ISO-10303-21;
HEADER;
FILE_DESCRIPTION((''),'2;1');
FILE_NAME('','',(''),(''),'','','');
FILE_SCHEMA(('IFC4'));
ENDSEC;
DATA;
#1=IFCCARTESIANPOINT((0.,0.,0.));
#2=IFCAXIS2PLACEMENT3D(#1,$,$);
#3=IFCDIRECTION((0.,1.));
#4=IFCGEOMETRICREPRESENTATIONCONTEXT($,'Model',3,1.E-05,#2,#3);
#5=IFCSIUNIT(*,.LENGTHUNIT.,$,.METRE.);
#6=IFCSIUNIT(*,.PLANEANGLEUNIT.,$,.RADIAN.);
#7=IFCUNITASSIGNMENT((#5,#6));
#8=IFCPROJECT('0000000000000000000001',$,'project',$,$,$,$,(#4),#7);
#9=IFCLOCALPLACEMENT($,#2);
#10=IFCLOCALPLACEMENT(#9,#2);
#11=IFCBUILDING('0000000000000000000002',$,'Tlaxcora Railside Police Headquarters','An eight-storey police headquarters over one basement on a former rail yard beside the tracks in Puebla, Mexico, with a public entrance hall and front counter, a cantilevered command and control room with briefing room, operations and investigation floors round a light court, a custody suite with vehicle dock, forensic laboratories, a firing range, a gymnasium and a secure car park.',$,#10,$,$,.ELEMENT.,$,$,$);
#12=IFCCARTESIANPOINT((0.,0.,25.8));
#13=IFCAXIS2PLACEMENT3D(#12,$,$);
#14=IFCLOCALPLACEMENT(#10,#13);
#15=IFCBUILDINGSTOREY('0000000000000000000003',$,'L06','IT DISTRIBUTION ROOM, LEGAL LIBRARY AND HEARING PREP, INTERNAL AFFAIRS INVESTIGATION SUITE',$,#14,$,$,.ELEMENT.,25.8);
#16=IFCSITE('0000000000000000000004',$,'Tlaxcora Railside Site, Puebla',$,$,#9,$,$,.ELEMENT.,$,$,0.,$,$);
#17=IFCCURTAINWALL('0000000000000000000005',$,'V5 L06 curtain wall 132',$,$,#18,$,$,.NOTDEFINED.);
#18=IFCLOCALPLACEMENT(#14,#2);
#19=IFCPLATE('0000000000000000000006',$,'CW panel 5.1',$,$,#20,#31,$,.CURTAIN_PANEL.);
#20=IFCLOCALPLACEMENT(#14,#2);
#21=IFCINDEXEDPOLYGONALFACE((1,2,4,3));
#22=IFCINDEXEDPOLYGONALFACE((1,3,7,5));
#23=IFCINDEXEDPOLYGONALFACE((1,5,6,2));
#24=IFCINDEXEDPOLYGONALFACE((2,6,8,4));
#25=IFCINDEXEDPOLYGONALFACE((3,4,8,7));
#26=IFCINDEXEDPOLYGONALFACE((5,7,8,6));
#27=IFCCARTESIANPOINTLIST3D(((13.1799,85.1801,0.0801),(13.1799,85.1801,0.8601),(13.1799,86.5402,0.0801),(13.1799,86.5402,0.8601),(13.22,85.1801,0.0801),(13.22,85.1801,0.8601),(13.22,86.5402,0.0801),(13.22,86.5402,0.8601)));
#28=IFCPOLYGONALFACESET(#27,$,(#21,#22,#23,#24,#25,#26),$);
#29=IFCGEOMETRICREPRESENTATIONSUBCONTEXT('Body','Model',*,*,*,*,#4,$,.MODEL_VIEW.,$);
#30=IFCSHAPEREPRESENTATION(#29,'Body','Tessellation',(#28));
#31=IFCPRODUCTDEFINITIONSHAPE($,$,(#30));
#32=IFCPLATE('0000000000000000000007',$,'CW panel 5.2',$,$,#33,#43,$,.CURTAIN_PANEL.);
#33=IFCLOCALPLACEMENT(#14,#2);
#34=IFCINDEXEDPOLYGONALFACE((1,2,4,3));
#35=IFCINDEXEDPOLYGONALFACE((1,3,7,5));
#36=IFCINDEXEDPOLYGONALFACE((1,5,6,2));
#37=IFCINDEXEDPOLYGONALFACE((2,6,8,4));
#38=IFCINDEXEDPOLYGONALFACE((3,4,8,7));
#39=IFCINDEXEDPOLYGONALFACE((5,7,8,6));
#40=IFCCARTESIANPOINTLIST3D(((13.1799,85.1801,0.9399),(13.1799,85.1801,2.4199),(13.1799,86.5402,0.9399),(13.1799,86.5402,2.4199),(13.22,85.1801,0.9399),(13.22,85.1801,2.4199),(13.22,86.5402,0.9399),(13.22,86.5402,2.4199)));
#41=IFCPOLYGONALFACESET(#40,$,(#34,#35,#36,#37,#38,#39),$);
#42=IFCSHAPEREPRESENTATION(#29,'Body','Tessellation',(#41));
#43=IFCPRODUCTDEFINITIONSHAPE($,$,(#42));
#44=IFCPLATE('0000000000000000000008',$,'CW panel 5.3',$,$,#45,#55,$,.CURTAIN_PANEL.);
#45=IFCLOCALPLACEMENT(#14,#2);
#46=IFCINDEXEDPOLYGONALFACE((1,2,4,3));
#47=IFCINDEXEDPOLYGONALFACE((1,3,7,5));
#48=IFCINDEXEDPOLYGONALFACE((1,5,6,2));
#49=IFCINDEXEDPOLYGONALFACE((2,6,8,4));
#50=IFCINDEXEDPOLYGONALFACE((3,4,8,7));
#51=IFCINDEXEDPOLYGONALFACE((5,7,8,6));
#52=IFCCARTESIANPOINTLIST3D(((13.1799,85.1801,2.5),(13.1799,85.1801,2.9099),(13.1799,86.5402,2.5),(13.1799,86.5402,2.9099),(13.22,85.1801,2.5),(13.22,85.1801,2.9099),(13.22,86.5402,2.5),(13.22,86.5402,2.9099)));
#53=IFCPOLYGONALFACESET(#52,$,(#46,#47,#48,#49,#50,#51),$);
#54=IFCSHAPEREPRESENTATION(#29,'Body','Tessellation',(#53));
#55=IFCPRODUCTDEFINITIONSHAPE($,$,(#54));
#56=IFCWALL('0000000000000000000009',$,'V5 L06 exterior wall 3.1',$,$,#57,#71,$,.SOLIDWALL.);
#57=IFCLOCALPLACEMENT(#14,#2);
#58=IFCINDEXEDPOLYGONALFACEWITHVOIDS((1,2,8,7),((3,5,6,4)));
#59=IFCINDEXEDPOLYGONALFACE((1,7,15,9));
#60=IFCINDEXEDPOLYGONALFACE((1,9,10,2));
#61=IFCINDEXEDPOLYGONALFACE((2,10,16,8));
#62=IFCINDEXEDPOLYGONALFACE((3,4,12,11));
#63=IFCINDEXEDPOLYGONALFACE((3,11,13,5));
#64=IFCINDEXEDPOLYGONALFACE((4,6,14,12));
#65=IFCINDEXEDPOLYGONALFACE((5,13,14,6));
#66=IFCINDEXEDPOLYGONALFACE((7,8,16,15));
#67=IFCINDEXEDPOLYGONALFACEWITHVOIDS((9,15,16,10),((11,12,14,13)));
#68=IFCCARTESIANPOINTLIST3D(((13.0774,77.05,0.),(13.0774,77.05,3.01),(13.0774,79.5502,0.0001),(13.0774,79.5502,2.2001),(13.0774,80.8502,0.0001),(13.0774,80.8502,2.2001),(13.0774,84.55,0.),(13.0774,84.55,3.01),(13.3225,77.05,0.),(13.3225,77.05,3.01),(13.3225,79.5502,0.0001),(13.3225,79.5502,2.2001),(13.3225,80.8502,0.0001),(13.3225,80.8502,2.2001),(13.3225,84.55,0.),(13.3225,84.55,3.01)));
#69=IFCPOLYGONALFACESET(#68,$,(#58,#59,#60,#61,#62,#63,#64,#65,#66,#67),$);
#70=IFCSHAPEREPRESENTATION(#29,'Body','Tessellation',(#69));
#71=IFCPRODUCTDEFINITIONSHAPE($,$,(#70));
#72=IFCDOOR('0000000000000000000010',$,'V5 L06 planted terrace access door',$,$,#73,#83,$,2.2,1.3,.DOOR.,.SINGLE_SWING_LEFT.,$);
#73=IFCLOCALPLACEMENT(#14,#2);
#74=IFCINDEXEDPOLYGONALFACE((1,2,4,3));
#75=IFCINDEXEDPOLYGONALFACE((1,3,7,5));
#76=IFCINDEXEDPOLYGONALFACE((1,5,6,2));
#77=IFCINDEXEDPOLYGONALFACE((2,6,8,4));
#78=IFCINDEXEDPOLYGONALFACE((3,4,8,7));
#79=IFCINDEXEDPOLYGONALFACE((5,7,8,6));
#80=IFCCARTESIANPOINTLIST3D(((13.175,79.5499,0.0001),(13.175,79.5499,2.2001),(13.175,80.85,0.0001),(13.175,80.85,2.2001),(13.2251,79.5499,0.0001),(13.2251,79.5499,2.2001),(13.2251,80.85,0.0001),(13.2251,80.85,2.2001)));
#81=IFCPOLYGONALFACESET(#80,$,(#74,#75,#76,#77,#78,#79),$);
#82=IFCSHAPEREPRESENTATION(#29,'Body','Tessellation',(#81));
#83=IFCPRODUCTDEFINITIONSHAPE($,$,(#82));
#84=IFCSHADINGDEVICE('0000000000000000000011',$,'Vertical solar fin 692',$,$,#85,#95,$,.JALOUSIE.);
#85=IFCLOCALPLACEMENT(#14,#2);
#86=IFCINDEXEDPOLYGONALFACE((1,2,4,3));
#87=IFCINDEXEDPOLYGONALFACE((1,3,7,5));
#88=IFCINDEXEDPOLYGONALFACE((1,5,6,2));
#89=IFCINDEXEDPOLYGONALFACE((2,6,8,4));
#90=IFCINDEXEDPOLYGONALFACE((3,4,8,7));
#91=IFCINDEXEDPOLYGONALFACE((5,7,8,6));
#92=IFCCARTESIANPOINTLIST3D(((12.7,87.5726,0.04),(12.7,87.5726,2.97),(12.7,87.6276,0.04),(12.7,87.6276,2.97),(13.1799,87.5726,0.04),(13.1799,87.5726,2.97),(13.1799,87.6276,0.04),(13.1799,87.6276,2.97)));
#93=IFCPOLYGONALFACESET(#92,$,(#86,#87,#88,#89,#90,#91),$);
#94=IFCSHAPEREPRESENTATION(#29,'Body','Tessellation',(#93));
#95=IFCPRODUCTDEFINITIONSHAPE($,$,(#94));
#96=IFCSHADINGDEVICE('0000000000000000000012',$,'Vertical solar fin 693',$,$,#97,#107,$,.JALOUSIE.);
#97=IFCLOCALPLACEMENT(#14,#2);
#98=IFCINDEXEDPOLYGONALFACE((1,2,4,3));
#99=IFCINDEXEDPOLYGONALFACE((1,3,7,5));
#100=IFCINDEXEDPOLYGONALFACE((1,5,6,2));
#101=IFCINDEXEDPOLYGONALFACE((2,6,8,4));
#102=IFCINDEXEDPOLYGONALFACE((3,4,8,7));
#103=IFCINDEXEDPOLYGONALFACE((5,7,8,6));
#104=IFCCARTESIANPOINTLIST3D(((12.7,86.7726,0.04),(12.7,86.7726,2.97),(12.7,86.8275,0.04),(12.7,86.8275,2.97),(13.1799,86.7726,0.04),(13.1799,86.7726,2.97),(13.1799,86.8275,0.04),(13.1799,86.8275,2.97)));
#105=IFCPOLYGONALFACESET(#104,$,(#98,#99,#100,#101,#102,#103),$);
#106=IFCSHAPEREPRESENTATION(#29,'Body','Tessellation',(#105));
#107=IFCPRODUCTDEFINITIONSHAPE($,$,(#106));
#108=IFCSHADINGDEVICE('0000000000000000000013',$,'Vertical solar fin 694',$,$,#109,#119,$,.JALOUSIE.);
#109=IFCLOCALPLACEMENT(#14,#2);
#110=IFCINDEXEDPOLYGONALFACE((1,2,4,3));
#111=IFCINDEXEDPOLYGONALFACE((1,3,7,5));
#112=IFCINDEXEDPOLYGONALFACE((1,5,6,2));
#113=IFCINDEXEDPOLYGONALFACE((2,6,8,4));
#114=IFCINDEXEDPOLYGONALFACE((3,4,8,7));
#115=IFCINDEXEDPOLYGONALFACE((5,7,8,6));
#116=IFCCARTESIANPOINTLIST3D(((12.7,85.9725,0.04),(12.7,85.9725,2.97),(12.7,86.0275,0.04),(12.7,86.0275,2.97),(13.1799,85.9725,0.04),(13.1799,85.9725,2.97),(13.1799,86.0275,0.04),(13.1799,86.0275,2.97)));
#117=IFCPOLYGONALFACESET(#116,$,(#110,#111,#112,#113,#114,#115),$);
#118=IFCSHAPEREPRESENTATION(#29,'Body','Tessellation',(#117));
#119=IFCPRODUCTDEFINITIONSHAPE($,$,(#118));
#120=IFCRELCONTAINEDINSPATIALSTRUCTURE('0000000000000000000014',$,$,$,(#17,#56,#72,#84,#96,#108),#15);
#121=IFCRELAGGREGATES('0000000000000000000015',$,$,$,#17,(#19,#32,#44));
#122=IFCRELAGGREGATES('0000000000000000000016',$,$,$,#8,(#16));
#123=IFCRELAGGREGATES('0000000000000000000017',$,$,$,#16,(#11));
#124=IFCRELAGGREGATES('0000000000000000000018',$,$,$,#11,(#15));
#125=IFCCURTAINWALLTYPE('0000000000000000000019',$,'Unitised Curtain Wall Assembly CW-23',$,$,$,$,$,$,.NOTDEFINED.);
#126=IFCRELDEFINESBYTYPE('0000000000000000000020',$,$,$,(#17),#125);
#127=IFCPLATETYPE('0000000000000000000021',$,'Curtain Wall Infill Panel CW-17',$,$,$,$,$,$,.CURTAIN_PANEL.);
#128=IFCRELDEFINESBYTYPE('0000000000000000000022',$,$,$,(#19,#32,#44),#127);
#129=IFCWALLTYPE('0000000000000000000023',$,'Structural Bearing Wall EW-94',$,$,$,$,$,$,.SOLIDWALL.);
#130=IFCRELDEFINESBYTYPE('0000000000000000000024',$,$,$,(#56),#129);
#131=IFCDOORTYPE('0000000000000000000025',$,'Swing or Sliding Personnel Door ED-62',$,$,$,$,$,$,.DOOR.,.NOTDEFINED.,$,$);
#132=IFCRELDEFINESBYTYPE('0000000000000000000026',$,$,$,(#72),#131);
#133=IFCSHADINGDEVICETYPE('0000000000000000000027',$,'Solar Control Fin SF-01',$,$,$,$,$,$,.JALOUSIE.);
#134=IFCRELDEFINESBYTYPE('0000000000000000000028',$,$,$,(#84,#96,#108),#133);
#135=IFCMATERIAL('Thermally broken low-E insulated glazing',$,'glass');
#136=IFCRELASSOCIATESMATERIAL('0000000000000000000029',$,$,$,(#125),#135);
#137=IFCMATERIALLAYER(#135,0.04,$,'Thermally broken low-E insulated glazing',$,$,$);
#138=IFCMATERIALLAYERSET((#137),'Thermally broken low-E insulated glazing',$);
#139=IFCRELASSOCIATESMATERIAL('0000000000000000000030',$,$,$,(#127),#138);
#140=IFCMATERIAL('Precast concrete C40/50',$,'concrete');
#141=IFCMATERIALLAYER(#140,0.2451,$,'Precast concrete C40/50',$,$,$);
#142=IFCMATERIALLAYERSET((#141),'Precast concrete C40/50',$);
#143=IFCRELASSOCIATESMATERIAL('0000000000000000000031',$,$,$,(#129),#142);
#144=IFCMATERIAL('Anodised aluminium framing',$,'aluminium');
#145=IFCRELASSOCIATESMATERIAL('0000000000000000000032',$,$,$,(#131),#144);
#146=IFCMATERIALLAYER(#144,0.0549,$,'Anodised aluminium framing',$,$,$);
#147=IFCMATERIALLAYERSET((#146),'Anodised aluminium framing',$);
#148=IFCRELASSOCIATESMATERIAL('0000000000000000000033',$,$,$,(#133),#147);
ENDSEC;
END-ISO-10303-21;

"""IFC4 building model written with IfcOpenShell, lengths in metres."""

from ifc_helpers import new_model, si_unit, direction, frame, frame_2d, origin, origin_2d, place, context, subcontext, project, spatial, rectangle, extrude, material, layer, layer_set, type_object, element, fill, aggregate, save


model = new_model("IFC4")

# Units and contexts
model_context = context("Model", 3, precision=1e-05, world=origin(), true_north=direction((0.0, 1.0)))
body_context = subcontext(model_context, "Body", "Model", "MODEL_VIEW")
ifc_project = project(units=[si_unit("LENGTHUNIT", "METRE"), si_unit("PLANEANGLEUNIT", "RADIAN")], contexts=[model_context])

# Site, building, storey
site_placement = place(None, origin())
site = spatial("IfcSite", under=ifc_project, at=site_placement, Name="Tlaxcora Railside Site, Puebla", CompositionType="ELEMENT", RefElevation=0.0)
building_placement = place(site_placement, origin())
building = spatial("IfcBuilding", under=site, at=building_placement, Name="Tlaxcora Railside Police Headquarters", Description="An eight-storey police headquarters over one basement on a former rail yard beside the tracks in Puebla, Mexico, with a public entrance hall and front counter, a cantilevered command and control room with briefing room, operations and investigation floors round a light court, a custody suite with vehicle dock, forensic laboratories, a firing range, a gymnasium and a secure car park.", CompositionType="ELEMENT")
storey_placement = place(building_placement, frame((0.0, 0.0, 25.8)))
storey = spatial("IfcBuildingStorey", under=building, at=storey_placement, Name="L06", Description="IT DISTRIBUTION ROOM, LEGAL LIBRARY AND HEARING PREP, INTERNAL AFFAIRS INVESTIGATION SUITE", CompositionType="ELEMENT", Elevation=25.8)

# Curtain wall
ifc_material_1 = material(Name="Thermally broken low-E insulated glazing", Category="glass")
curtain_wall_type = type_object("IfcCurtainWallType", Name="Unitised Curtain Wall Assembly CW-23", PredefinedType="NOTDEFINED", material=ifc_material_1)
curtain_wall_placement = place(storey_placement, origin())
curtain_wall = element("IfcCurtainWall", 1, at=curtain_wall_placement, inside=storey, type_object=curtain_wall_type, Name="V5 L06 curtain wall 132", PredefinedType="NOTDEFINED")
ifc_material_2 = material(Name="Anodised aluminium framing", Category="aluminium")

# Plates
ifc_layer_1 = layer(ifc_material_1, 0.04, Name="Thermally broken low-E insulated glazing")
ifc_layer_set_1 = layer_set([ifc_layer_1], Name="Thermally broken low-E insulated glazing")
plate_type = type_object("IfcPlateType", Name="Curtain Wall Infill Panel CW-17", PredefinedType="CURTAIN_PANEL", material=ifc_layer_set_1)
plate_1_placement = place(storey_placement, frame((13.2, 85.8601, 0.0801), z_axis=(0.0, 0.0, 1.0), x_axis=(0.0, -1.0, 0.0)))
plate_1 = element("IfcPlate", 2, at=plate_1_placement, type_object=plate_type, Name="CW panel 5.1", PredefinedType="CURTAIN_PANEL", context=body_context, shape_type="SweptSolid", body=[
    extrude(rectangle(XDim=1.3601, YDim=0.04, at=origin_2d()), origin(), (0.0, 0.0, 1.0), 0.78),
])
plate_2_placement = place(storey_placement, frame((13.2, 85.8601, 0.9399), z_axis=(0.0, 0.0, 1.0), x_axis=(0.0, -1.0, 0.0)))
plate_2 = element("IfcPlate", 3, at=plate_2_placement, type_object=plate_type, Name="CW panel 5.2", PredefinedType="CURTAIN_PANEL", context=body_context, shape_type="SweptSolid", body=[
    extrude(rectangle(XDim=1.3601, YDim=0.04, at=origin_2d()), origin(), (0.0, 0.0, 1.0), 1.48),
])
plate_3_placement = place(storey_placement, frame((13.2, 85.8601, 2.5), z_axis=(0.0, 0.0, 1.0), x_axis=(0.0, -1.0, 0.0)))
plate_3 = element("IfcPlate", 4, at=plate_3_placement, type_object=plate_type, Name="CW panel 5.3", PredefinedType="CURTAIN_PANEL", context=body_context, shape_type="SweptSolid", body=[
    extrude(rectangle(XDim=1.3601, YDim=0.04, at=origin_2d()), origin(), (0.0, 0.0, 1.0), 0.4099),
])
aggregate(curtain_wall, [plate_1, plate_2, plate_3])

# Wall, opening, door
ifc_material_3 = material(Name="Precast concrete C40/50", Category="concrete")
ifc_layer_2 = layer(ifc_material_3, 0.2451, Name="Precast concrete C40/50")
ifc_layer_set_2 = layer_set([ifc_layer_2], Name="Precast concrete C40/50")
wall_type = type_object("IfcWallType", Name="Structural Bearing Wall EW-94", PredefinedType="SOLIDWALL", material=ifc_layer_set_2)
wall_placement = place(storey_placement, frame((13.2, 84.55, 0.0), z_axis=(0.0, 0.0, 1.0), x_axis=(0.0, -1.0, 0.0)))
wall = element("IfcWall", 5, at=wall_placement, inside=storey, type_object=wall_type, Name="V5 L06 exterior wall 3.1", PredefinedType="SOLIDWALL", context=body_context, shape_type="SweptSolid", body=[
    extrude(rectangle(XDim=7.5, YDim=0.2451, at=frame_2d((3.75, 0.0))), origin(), (0.0, 0.0, 1.0), 3.01),
])
opening_placement = place(wall_placement, frame((3.7, 0.0, 0.0)))
opening = element("IfcOpeningElement", 6, at=opening_placement, cuts=wall, PredefinedType="OPENING", context=body_context, shape_type="SweptSolid", body=[
    extrude(rectangle(XDim=1.3, YDim=2.2, at=frame_2d((0.6499, 1.1001))), frame((0.0, 0.1326, 0.0), z_axis=(0.0, -1.0, 0.0), x_axis=(1.0, 0.0, 0.0)), (0.0, 0.0, 1.0), 0.2651),
])
door_type = type_object("IfcDoorType", Name="Swing or Sliding Personnel Door ED-62", OperationType="NOTDEFINED", PredefinedType="DOOR", material=ifc_material_2)
door_placement = place(opening_placement, frame((1.3, 0.0, 0.0), z_axis=(0.0, 0.0, 1.0), x_axis=(-1.0, 0.0, 0.0)))
door = element("IfcDoor", 7, at=door_placement, inside=storey, type_object=door_type, Name="V5 L06 planted terrace access door", OperationType="SINGLE_SWING_LEFT", OverallHeight=2.2, OverallWidth=1.3, PredefinedType="DOOR", context=body_context, shape_type="SweptSolid", body=[
    extrude(rectangle(XDim=1.3, YDim=2.2, at=frame_2d((0.6499, 1.1001))), frame((0.0, 0.0249, 0.0), z_axis=(0.0, -1.0, 0.0), x_axis=(1.0, 0.0, 0.0)), (0.0, 0.0, 1.0), 0.05),
])
fill(opening, door)

# Shading devices
ifc_layer_3 = layer(ifc_material_2, 0.0549, Name="Anodised aluminium framing")
ifc_layer_set_3 = layer_set([ifc_layer_3], Name="Anodised aluminium framing")
shading_device_type = type_object("IfcShadingDeviceType", Name="Solar Control Fin SF-01", PredefinedType="JALOUSIE", material=ifc_layer_set_3)
for number, where, z_axis, x_axis, name in (
    (8, (12.9399, 87.6001, 0.04), (0.0, 0.0, 1.0), (-1.0, 0.0, 0.0), "Vertical solar fin 692"),
    (9, (12.9399, 86.8, 0.04), (0.0, 0.0, 1.0), (-1.0, 0.0, 0.0), "Vertical solar fin 693"),
    (10, (12.9399, 86.0, 0.04), (0.0, 0.0, 1.0), (-1.0, 0.0, 0.0), "Vertical solar fin 694"),
):
    element("IfcShadingDevice", number, at=place(storey_placement, frame(where, z_axis=z_axis, x_axis=x_axis)), inside=storey, type_object=shading_device_type, Name=name, PredefinedType="JALOUSIE", context=body_context, shape_type="SweptSolid", body=[
        extrude(rectangle(XDim=0.48, YDim=0.0549, at=origin_2d()), origin(), (0.0, 0.0, 1.0), 2.9299),
    ])

save(model, "model.ifc")
